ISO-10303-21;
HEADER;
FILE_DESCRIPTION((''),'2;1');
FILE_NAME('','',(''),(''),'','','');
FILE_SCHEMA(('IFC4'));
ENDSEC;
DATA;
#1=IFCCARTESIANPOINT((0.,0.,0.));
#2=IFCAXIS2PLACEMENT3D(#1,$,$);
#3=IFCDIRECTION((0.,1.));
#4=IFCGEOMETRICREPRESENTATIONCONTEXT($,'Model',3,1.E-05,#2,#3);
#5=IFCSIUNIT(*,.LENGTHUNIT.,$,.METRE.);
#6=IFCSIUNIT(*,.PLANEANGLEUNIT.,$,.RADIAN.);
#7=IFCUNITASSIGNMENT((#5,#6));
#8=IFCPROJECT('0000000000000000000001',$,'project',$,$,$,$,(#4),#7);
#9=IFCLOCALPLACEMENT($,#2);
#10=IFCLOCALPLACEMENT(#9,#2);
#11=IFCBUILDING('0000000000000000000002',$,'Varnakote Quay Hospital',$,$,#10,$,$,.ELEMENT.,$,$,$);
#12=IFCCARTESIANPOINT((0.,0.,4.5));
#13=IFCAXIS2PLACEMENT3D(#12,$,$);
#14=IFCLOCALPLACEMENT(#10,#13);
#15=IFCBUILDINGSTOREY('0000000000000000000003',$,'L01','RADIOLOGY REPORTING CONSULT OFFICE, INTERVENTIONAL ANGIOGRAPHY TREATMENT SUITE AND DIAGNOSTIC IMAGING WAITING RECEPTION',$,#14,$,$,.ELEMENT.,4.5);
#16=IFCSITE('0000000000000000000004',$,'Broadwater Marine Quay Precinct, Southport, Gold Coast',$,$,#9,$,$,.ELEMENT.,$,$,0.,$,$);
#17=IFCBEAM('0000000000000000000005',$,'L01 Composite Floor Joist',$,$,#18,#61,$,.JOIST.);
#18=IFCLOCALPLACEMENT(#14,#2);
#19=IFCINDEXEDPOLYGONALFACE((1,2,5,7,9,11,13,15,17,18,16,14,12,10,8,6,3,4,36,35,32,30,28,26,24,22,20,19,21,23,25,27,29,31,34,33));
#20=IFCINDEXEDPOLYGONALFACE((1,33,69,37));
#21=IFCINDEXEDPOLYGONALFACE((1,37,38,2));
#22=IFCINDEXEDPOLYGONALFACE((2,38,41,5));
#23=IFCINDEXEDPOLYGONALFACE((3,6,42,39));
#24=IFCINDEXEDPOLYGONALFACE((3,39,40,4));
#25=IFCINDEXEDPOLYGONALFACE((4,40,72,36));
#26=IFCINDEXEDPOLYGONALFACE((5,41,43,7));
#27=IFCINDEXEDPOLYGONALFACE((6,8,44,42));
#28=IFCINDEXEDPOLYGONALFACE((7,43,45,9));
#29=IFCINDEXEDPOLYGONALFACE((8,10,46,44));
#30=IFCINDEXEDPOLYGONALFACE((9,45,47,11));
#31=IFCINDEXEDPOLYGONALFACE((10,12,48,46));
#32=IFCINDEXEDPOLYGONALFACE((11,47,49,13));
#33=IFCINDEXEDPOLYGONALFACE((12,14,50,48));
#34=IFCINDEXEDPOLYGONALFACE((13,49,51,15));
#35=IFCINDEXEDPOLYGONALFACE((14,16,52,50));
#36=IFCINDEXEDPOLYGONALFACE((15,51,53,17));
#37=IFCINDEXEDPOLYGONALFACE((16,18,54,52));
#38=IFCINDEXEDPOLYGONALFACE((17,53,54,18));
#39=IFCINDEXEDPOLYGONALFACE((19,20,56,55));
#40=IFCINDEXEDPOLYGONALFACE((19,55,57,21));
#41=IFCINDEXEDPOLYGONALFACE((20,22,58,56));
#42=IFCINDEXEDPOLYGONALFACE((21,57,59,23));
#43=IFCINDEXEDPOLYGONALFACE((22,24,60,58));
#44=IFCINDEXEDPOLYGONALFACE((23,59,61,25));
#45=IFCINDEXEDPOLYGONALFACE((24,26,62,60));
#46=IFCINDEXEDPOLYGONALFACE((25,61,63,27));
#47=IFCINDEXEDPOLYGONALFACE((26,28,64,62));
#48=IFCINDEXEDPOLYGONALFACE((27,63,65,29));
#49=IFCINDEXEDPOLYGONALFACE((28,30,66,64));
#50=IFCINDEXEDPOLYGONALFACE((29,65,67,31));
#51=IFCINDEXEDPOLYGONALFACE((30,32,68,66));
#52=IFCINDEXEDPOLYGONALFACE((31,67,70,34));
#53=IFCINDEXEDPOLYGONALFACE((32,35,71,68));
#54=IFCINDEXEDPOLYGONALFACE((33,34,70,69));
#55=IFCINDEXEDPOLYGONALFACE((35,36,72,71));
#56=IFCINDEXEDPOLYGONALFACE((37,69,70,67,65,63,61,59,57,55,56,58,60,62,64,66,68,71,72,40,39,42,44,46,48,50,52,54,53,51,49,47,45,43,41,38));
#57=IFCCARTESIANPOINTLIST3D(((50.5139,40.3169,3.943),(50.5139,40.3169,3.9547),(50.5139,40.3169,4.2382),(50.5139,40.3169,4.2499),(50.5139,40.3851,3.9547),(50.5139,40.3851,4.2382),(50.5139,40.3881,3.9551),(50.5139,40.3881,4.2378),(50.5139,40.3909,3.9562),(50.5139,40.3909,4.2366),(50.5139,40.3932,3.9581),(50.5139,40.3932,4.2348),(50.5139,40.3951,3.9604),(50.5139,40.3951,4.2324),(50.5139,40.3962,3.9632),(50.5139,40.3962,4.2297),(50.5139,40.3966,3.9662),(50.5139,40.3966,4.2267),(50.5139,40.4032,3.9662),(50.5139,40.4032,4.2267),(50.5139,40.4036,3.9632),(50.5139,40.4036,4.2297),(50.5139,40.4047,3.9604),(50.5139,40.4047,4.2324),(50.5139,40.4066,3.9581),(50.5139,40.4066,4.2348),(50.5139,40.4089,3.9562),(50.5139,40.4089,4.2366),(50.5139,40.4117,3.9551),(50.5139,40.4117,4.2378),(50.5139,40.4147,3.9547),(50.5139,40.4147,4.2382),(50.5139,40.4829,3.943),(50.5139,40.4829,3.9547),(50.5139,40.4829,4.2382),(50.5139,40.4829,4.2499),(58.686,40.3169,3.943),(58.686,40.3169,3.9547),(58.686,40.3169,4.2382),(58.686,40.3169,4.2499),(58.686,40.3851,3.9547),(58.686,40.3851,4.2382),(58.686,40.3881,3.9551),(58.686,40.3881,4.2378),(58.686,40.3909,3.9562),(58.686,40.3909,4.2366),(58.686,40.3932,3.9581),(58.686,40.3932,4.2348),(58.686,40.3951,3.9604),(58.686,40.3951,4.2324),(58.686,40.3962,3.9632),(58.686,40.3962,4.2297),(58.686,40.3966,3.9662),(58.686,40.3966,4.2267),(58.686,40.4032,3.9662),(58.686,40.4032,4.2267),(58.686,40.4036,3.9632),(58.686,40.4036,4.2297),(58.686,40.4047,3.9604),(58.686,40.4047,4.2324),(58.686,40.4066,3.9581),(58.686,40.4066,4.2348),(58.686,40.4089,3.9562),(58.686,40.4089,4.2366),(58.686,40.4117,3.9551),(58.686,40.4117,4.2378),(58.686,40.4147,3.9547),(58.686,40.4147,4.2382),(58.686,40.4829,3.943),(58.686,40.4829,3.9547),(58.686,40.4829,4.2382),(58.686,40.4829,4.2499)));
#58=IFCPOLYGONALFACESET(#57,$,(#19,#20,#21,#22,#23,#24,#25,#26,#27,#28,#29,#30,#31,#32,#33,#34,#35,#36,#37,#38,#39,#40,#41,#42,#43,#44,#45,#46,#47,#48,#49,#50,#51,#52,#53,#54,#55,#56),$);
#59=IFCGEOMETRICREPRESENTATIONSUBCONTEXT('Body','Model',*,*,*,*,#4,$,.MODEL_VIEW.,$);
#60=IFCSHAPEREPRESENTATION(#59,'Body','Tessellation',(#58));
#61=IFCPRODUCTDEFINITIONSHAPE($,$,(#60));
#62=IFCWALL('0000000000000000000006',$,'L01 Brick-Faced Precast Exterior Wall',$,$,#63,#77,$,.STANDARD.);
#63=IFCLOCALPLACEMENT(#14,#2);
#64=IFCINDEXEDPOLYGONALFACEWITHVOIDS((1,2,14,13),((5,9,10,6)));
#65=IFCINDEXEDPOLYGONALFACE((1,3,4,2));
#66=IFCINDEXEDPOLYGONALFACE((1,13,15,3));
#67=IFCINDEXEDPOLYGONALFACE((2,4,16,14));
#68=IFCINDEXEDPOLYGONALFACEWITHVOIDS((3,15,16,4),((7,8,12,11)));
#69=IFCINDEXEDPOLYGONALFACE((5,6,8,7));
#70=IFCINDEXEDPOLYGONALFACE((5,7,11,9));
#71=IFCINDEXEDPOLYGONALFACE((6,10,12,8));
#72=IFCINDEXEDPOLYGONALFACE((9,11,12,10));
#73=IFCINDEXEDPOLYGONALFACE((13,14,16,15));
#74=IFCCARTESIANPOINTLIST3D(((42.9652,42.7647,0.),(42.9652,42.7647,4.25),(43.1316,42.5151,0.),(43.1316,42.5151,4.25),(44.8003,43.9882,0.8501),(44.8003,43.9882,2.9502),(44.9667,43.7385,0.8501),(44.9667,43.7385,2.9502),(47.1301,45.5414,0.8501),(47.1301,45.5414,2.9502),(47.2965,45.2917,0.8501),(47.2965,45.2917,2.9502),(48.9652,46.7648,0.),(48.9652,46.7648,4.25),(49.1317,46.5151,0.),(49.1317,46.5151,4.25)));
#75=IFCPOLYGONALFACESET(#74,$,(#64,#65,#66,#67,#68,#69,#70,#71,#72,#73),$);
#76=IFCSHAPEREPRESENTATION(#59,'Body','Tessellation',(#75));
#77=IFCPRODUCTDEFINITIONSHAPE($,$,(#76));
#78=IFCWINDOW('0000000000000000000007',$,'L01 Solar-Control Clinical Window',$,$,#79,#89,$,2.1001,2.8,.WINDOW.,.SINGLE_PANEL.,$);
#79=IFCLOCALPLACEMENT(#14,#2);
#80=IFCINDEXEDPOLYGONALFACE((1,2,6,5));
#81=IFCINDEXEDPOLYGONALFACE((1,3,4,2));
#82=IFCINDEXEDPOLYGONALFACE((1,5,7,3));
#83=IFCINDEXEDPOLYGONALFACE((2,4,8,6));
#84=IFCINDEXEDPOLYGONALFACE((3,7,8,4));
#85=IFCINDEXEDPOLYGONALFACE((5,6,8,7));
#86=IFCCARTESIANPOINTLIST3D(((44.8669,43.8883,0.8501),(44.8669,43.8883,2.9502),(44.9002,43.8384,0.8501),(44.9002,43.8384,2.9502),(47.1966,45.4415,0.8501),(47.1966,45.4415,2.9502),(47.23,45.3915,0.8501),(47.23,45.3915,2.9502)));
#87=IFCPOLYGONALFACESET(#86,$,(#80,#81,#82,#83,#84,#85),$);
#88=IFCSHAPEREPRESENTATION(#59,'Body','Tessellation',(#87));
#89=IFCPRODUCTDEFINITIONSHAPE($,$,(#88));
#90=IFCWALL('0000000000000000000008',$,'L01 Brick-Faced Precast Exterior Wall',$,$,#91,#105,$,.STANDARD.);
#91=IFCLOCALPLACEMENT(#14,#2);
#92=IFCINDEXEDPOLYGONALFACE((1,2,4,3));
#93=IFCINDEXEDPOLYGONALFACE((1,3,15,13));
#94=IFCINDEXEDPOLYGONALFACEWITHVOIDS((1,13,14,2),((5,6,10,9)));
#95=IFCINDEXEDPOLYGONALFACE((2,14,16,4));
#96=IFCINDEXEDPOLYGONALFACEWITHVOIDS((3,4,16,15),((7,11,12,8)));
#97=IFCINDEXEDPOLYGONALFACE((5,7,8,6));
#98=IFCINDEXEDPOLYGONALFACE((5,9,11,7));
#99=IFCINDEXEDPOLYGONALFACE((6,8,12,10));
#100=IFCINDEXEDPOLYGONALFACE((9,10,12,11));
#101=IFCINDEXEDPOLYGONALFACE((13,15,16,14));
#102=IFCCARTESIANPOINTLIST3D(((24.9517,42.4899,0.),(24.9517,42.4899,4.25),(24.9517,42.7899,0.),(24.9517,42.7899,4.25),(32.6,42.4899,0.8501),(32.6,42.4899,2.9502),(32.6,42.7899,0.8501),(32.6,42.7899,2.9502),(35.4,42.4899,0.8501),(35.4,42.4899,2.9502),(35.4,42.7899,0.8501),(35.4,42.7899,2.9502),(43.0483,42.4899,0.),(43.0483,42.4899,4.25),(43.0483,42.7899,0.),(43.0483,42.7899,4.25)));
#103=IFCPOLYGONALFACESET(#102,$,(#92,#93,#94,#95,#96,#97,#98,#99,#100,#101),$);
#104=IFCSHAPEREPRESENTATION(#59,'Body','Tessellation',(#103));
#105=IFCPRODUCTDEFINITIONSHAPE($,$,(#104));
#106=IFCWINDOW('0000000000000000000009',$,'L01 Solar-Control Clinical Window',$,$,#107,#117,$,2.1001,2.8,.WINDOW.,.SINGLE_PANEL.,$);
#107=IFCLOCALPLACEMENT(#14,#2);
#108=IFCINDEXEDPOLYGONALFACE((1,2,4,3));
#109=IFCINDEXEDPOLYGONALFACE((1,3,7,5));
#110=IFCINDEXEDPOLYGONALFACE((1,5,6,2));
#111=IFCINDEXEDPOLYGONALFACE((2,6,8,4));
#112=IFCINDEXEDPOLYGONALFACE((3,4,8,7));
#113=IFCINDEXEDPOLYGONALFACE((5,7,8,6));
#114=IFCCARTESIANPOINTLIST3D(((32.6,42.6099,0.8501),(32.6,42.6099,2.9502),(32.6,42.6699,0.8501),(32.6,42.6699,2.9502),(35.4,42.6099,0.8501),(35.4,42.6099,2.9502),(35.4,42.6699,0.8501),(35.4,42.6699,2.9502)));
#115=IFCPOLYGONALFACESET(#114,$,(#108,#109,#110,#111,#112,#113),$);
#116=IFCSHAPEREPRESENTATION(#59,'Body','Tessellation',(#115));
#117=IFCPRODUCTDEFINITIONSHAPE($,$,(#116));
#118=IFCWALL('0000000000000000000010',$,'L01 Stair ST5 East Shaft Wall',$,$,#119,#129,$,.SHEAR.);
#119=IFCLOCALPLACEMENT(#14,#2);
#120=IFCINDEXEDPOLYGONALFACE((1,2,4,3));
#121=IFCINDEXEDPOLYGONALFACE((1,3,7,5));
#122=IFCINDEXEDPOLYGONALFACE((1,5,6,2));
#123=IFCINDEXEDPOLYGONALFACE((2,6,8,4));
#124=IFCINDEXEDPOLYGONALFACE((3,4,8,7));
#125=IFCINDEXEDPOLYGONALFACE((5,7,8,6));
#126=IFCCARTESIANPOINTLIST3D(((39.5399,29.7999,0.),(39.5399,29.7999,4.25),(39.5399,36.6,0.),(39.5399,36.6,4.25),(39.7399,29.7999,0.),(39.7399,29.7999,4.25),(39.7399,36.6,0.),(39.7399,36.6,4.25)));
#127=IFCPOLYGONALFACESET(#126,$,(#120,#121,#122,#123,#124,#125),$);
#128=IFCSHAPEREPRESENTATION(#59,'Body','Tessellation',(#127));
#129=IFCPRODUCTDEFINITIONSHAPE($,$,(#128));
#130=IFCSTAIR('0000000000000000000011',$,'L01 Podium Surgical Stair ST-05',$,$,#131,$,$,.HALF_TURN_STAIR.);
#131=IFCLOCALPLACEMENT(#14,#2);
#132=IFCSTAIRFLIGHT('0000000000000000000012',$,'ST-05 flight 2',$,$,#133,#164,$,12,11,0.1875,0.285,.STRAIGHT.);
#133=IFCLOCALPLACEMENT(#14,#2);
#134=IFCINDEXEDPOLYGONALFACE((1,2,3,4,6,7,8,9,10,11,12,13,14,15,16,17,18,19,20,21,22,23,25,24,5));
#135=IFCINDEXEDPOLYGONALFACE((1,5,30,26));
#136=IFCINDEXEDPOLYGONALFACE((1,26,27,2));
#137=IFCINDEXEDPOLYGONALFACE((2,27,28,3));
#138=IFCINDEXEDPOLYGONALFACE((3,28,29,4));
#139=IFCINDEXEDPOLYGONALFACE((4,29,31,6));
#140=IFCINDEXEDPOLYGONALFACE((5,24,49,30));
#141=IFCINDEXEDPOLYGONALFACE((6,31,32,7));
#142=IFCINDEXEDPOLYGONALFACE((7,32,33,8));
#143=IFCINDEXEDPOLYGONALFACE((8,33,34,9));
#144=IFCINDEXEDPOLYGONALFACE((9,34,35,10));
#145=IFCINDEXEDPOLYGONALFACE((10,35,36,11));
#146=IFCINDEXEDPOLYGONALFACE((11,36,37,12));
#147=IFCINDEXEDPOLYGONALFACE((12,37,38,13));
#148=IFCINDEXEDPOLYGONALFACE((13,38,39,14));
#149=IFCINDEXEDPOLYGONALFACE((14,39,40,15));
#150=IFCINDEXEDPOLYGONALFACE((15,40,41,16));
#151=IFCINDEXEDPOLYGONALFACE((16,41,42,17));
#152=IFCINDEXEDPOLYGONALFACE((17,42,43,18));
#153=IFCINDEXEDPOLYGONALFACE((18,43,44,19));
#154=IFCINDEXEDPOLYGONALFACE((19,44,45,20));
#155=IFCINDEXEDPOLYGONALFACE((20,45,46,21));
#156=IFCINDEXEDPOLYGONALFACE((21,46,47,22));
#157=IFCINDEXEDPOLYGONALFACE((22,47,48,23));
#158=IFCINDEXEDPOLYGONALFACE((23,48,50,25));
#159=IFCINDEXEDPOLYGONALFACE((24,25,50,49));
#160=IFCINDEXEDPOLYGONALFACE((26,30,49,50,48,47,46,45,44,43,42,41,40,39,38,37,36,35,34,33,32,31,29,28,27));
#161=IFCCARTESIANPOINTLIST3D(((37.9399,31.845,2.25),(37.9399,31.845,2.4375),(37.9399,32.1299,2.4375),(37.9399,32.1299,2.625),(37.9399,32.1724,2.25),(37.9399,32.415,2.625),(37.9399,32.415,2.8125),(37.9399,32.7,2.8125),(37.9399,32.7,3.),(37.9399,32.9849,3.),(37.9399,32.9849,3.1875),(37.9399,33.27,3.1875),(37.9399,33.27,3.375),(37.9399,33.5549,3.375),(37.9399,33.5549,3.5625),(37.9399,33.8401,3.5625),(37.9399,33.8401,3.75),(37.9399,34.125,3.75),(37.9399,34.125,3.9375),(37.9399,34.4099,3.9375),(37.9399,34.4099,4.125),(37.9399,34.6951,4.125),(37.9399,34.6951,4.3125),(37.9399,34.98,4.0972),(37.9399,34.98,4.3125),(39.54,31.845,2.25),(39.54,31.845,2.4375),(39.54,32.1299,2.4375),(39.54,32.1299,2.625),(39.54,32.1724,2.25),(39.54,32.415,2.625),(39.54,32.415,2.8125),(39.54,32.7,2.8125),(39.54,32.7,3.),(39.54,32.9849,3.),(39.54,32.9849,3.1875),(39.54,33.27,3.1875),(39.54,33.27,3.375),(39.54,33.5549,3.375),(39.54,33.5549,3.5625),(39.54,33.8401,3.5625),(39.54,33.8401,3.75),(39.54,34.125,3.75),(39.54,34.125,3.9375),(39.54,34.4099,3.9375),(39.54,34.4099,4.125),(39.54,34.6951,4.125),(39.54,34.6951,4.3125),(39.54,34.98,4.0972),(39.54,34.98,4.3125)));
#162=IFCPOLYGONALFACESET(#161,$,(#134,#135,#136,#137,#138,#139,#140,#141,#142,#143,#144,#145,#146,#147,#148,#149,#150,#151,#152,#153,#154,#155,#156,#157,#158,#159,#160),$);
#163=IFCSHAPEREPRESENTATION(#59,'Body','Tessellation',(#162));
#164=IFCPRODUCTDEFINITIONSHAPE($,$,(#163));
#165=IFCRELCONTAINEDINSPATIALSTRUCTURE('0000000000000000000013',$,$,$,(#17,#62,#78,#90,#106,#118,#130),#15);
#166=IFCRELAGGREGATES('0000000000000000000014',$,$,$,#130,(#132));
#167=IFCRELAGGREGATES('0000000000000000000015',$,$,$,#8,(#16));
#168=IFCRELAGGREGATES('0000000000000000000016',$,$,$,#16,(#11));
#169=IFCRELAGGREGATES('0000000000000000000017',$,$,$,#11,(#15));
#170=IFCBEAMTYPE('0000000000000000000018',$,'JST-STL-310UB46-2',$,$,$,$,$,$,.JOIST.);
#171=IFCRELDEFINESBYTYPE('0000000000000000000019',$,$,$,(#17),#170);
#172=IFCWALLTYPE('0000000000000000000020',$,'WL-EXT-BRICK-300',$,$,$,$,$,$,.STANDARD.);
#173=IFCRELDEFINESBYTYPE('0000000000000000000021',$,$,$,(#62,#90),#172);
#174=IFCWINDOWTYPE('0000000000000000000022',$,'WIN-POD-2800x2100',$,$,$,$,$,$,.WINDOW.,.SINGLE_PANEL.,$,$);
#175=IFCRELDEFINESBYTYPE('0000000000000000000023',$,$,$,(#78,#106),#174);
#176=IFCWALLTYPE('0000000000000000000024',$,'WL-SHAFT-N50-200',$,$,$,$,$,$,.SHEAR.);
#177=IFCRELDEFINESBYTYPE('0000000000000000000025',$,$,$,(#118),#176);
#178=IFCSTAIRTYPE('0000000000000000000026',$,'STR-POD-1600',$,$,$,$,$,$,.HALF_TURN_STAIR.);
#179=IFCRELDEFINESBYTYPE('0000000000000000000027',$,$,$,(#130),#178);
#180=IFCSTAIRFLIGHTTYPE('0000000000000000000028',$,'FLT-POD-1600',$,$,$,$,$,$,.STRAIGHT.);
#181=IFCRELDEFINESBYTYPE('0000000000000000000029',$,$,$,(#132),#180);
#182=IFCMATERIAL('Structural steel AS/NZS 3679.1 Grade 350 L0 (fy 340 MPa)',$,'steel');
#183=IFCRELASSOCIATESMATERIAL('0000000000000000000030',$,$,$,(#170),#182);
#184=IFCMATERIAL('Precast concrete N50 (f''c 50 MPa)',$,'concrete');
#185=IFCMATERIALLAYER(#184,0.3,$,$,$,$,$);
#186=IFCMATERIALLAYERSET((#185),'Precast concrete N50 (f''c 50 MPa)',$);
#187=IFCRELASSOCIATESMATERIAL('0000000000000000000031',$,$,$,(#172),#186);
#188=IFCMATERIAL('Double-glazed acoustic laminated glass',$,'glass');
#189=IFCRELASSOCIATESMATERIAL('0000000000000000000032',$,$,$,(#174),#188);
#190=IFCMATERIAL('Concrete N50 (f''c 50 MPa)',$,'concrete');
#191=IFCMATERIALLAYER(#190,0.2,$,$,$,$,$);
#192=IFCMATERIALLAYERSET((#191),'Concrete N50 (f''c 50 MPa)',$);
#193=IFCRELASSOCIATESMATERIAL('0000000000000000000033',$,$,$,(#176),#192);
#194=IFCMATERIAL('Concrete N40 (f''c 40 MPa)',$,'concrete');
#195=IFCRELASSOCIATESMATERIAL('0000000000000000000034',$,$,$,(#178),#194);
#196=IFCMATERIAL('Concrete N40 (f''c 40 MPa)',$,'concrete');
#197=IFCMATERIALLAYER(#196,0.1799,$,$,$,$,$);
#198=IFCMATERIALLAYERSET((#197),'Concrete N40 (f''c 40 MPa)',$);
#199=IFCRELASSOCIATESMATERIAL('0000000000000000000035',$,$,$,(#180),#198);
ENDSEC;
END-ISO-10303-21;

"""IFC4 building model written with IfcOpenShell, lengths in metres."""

from ifc_helpers import new_model, si_unit, direction, frame, frame_2d, origin, origin_2d, place, context, subcontext, project, spatial, polyline, rectangle, i_section, outline, extrude, material, layer, layer_set, material_profile, profile_set, type_object, element, fill, aggregate, save


model = new_model("IFC4")

# Units and contexts
model_context = context("Model", 3, precision=1e-05, world=origin(), true_north=direction((0.0, 1.0)))
body_context = subcontext(model_context, "Body", "Model", "MODEL_VIEW")
ifc_project = project(units=[si_unit("LENGTHUNIT", "METRE"), si_unit("PLANEANGLEUNIT", "RADIAN")], contexts=[model_context])

# Site, building, storey
site_placement = place(None, origin())
site = spatial("IfcSite", under=ifc_project, at=site_placement, Name="Broadwater Marine Quay Precinct, Southport, Gold Coast", CompositionType="ELEMENT", RefElevation=0.0)
building_placement = place(site_placement, origin())
building = spatial("IfcBuilding", under=site, at=building_placement, Name="Varnakote Quay Hospital", CompositionType="ELEMENT")
storey_placement = place(building_placement, frame((0.0, 0.0, 4.5)))
storey = spatial("IfcBuildingStorey", under=building, at=storey_placement, Name="L01", Description="RADIOLOGY REPORTING CONSULT OFFICE, INTERVENTIONAL ANGIOGRAPHY TREATMENT SUITE AND DIAGNOSTIC IMAGING WAITING RECEPTION", CompositionType="ELEMENT", Elevation=4.5)

# Beam
ifc_material_1 = material(Name="Structural steel AS/NZS 3679.1 Grade 350 L0 (fy 340 MPa)", Category="steel")
ifc_material_profile_1 = material_profile(ifc_material_1, i_section(OverallWidth=0.166, OverallDepth=0.3069, WebThickness=0.0066, FlangeThickness=0.0117, FilletRadius=0.0115, at=origin_2d()), Name="310UB46.2")
ifc_profile_set_1 = profile_set([ifc_material_profile_1], Name="Structural steel AS/NZS 3679.1 Grade 350 L0 (fy 340 MPa)")
beam_type_1 = type_object("IfcBeamType", Name="JST-STL-310UB46-2", PredefinedType="JOIST", material=ifc_profile_set_1)
for number, where, z_axis, x_axis, name in (
    (1, (50.5139, 40.3999, 4.0964), (1.0, 0.0, 0.0), (0.0, 1.0, 0.0), "L01 Composite Floor Joist"),
):
    element("IfcBeam", number, at=place(storey_placement, frame(where, z_axis=z_axis, x_axis=x_axis)), inside=storey, type_object=beam_type_1, Name=name, PredefinedType="JOIST", context=body_context, shape_type="SweptSolid", body=[
        extrude(i_section(OverallWidth=0.166, OverallDepth=0.3069, WebThickness=0.0066, FlangeThickness=0.0117, FilletRadius=0.0115, at=origin_2d()), origin(), (0.0, 0.0, 1.0), 8.1721),
    ])

# Walls, openings, windows
ifc_material_2 = material(Name="Precast concrete N50 (f'c 50 MPa)", Category="concrete")
ifc_layer_1 = layer(ifc_material_2, 0.3)
ifc_layer_set_1 = layer_set([ifc_layer_1], Name="Precast concrete N50 (f'c 50 MPa)")
wall_type_1 = type_object("IfcWallType", Name="WL-EXT-BRICK-300", PredefinedType="STANDARD", material=ifc_layer_set_1)
wall_1_placement = place(storey_placement, frame((49.0483, 46.6399, 0.0), z_axis=(0.0, 0.0, 1.0), x_axis=(-0.83205, -0.5547, 0.0)))
wall_1 = element("IfcWall", 2, at=wall_1_placement, inside=storey, type_object=wall_type_1, Name="L01 Brick-Faced Precast Exterior Wall", PredefinedType="STANDARD", context=body_context, shape_type="SweptSolid", body=[
    extrude(rectangle(XDim=7.2112, YDim=0.3, at=frame_2d((3.6055, 0.0))), origin(), (0.0, 0.0, 1.0), 4.25),
])
opening_1_placement = place(wall_1_placement, frame((2.2056, 0.0, 0.8501)))
opening_1 = element("IfcOpeningElement", 3, at=opening_1_placement, cuts=wall_1, PredefinedType="OPENING", context=body_context, shape_type="SweptSolid", body=[
    extrude(rectangle(XDim=2.8, YDim=2.1001, at=frame_2d((1.3999, 1.05))), frame((0.0, 0.1599, 0.0), z_axis=(0.0, -1.0, 0.0), x_axis=(1.0, 0.0, 0.0)), (0.0, 0.0, 1.0), 0.3201),
])
ifc_material_3 = material(Name="Double-glazed acoustic laminated glass", Category="glass")
window_type = type_object("IfcWindowType", Name="WIN-POD-2800x2100", PartitioningType="SINGLE_PANEL", PredefinedType="WINDOW", material=ifc_material_3)
window_1_placement = place(opening_1_placement, origin())
window_1 = element("IfcWindow", 4, at=window_1_placement, inside=storey, type_object=window_type, Name="L01 Solar-Control Clinical Window", OverallHeight=2.1001, OverallWidth=2.8, PartitioningType="SINGLE_PANEL", PredefinedType="WINDOW", context=body_context, shape_type="SweptSolid", body=[
    extrude(rectangle(XDim=2.8, YDim=2.1001, at=frame_2d((1.3999, 1.05))), frame((0.0, 0.03, 0.0), z_axis=(0.0, -1.0, 0.0), x_axis=(1.0, 0.0, 0.0)), (0.0, 0.0, 1.0), 0.0601),
])
fill(opening_1, window_1)
wall_2_placement = place(storey_placement, frame((43.0483, 42.6399, 0.0), z_axis=(0.0, 0.0, 1.0), x_axis=(-1.0, 0.0, 0.0)))
wall_2 = element("IfcWall", 5, at=wall_2_placement, inside=storey, type_object=wall_type_1, Name="L01 Brick-Faced Precast Exterior Wall", PredefinedType="STANDARD", context=body_context, shape_type="SweptSolid", body=[
    extrude(rectangle(XDim=18.0967, YDim=0.3, at=frame_2d((9.0483, 0.0))), origin(), (0.0, 0.0, 1.0), 4.25),
])
opening_2_placement = place(wall_2_placement, frame((7.6484, 0.0, 0.8501)))
opening_2 = element("IfcOpeningElement", 6, at=opening_2_placement, cuts=wall_2, PredefinedType="OPENING", context=body_context, shape_type="SweptSolid", body=[
    extrude(rectangle(XDim=2.8, YDim=2.1001, at=frame_2d((1.3999, 1.05))), frame((0.0, 0.1599, 0.0), z_axis=(0.0, -1.0, 0.0), x_axis=(1.0, 0.0, 0.0)), (0.0, 0.0, 1.0), 0.3201),
])
window_2_placement = place(opening_2_placement, origin())
window_2 = element("IfcWindow", 7, at=window_2_placement, inside=storey, type_object=window_type, Name="L01 Solar-Control Clinical Window", OverallHeight=2.1001, OverallWidth=2.8, PartitioningType="SINGLE_PANEL", PredefinedType="WINDOW", context=body_context, shape_type="SweptSolid", body=[
    extrude(rectangle(XDim=2.8, YDim=2.1001, at=frame_2d((1.3999, 1.05))), frame((0.0, 0.03, 0.0), z_axis=(0.0, -1.0, 0.0), x_axis=(1.0, 0.0, 0.0)), (0.0, 0.0, 1.0), 0.0601),
])
fill(opening_2, window_2)

# Wall
ifc_material_4 = material(Name="Concrete N50 (f'c 50 MPa)", Category="concrete")
ifc_layer_2 = layer(ifc_material_4, 0.2)
ifc_layer_set_2 = layer_set([ifc_layer_2], Name="Concrete N50 (f'c 50 MPa)")
wall_type_2 = type_object("IfcWallType", Name="WL-SHAFT-N50-200", PredefinedType="SHEAR", material=ifc_layer_set_2)
wall_3_placement = place(storey_placement, frame((39.6399, 29.8, 0.0), z_axis=(0.0, 0.0, 1.0), x_axis=(0.0, 1.0, 0.0)))
element("IfcWall", 8, at=wall_3_placement, inside=storey, type_object=wall_type_2, Name="L01 Stair ST5 East Shaft Wall", PredefinedType="SHEAR", context=body_context, shape_type="SweptSolid", body=[
    extrude(rectangle(XDim=6.8, YDim=0.2, at=frame_2d((3.3999, 0.0))), origin(), (0.0, 0.0, 1.0), 4.25),
])

# Stair, stair flight
ifc_material_5 = material(Name="Concrete N40 (f'c 40 MPa)", Category="concrete")
stair_type = type_object("IfcStairType", Name="STR-POD-1600", PredefinedType="HALF_TURN_STAIR", material=ifc_material_5)
stair_placement = place(storey_placement, origin())
stair = element("IfcStair", 9, at=stair_placement, inside=storey, type_object=stair_type, Name="L01 Podium Surgical Stair ST-05", PredefinedType="HALF_TURN_STAIR")
ifc_material_6 = material(Name="Concrete N40 (f'c 40 MPa)", Category="concrete")
ifc_layer_3 = layer(ifc_material_6, 0.1799)
ifc_layer_set_3 = layer_set([ifc_layer_3], Name="Concrete N40 (f'c 40 MPa)")
stair_flight_type = type_object("IfcStairFlightType", Name="FLT-POD-1600", PredefinedType="STRAIGHT", material=ifc_layer_set_3)
stair_flight_placement = place(storey_placement, frame((38.74, 31.845, 2.25), z_axis=(0.0, 0.0, 1.0), x_axis=(0.0, 1.0, 0.0)))
stair_flight = element("IfcStairFlight", 10, at=stair_flight_placement, type_object=stair_flight_type, Name="ST-05 flight 2", NumberOfRisers=12, NumberOfTreads=11, PredefinedType="STRAIGHT", RiserHeight=0.1875, TreadLength=0.285, context=body_context, shape_type="SweptSolid", body=[
    extrude(outline(polyline([(0.0, 0.0), (0.0, 0.1875), (0.2849, 0.1875), (0.2849, 0.375), (0.5701, 0.375), (0.5701, 0.5625), (0.855, 0.5625), (0.855, 0.75), (1.1399, 0.75), (1.1399, 0.9375), (1.425, 0.9375), (1.425, 1.125), (1.71, 1.125), (1.71, 1.3125), (1.9951, 1.3125), (1.9951, 1.5), (2.28, 1.5), (2.28, 1.6875), (2.5649, 1.6875), (2.5649, 1.875), (2.8501, 1.875), (2.8501, 2.0625), (3.135, 2.0625), (3.135, 2.25), (3.135, 1.8472), (0.3274, 0.0), (0.0, 0.0)])), frame((0.0, 0.8, 0.0), z_axis=(0.0, -1.0, 0.0), x_axis=(1.0, 0.0, 0.0)), (0.0, 0.0, 1.0), 1.6001),
])
aggregate(stair, [stair_flight])

save(model, "model.ifc")
